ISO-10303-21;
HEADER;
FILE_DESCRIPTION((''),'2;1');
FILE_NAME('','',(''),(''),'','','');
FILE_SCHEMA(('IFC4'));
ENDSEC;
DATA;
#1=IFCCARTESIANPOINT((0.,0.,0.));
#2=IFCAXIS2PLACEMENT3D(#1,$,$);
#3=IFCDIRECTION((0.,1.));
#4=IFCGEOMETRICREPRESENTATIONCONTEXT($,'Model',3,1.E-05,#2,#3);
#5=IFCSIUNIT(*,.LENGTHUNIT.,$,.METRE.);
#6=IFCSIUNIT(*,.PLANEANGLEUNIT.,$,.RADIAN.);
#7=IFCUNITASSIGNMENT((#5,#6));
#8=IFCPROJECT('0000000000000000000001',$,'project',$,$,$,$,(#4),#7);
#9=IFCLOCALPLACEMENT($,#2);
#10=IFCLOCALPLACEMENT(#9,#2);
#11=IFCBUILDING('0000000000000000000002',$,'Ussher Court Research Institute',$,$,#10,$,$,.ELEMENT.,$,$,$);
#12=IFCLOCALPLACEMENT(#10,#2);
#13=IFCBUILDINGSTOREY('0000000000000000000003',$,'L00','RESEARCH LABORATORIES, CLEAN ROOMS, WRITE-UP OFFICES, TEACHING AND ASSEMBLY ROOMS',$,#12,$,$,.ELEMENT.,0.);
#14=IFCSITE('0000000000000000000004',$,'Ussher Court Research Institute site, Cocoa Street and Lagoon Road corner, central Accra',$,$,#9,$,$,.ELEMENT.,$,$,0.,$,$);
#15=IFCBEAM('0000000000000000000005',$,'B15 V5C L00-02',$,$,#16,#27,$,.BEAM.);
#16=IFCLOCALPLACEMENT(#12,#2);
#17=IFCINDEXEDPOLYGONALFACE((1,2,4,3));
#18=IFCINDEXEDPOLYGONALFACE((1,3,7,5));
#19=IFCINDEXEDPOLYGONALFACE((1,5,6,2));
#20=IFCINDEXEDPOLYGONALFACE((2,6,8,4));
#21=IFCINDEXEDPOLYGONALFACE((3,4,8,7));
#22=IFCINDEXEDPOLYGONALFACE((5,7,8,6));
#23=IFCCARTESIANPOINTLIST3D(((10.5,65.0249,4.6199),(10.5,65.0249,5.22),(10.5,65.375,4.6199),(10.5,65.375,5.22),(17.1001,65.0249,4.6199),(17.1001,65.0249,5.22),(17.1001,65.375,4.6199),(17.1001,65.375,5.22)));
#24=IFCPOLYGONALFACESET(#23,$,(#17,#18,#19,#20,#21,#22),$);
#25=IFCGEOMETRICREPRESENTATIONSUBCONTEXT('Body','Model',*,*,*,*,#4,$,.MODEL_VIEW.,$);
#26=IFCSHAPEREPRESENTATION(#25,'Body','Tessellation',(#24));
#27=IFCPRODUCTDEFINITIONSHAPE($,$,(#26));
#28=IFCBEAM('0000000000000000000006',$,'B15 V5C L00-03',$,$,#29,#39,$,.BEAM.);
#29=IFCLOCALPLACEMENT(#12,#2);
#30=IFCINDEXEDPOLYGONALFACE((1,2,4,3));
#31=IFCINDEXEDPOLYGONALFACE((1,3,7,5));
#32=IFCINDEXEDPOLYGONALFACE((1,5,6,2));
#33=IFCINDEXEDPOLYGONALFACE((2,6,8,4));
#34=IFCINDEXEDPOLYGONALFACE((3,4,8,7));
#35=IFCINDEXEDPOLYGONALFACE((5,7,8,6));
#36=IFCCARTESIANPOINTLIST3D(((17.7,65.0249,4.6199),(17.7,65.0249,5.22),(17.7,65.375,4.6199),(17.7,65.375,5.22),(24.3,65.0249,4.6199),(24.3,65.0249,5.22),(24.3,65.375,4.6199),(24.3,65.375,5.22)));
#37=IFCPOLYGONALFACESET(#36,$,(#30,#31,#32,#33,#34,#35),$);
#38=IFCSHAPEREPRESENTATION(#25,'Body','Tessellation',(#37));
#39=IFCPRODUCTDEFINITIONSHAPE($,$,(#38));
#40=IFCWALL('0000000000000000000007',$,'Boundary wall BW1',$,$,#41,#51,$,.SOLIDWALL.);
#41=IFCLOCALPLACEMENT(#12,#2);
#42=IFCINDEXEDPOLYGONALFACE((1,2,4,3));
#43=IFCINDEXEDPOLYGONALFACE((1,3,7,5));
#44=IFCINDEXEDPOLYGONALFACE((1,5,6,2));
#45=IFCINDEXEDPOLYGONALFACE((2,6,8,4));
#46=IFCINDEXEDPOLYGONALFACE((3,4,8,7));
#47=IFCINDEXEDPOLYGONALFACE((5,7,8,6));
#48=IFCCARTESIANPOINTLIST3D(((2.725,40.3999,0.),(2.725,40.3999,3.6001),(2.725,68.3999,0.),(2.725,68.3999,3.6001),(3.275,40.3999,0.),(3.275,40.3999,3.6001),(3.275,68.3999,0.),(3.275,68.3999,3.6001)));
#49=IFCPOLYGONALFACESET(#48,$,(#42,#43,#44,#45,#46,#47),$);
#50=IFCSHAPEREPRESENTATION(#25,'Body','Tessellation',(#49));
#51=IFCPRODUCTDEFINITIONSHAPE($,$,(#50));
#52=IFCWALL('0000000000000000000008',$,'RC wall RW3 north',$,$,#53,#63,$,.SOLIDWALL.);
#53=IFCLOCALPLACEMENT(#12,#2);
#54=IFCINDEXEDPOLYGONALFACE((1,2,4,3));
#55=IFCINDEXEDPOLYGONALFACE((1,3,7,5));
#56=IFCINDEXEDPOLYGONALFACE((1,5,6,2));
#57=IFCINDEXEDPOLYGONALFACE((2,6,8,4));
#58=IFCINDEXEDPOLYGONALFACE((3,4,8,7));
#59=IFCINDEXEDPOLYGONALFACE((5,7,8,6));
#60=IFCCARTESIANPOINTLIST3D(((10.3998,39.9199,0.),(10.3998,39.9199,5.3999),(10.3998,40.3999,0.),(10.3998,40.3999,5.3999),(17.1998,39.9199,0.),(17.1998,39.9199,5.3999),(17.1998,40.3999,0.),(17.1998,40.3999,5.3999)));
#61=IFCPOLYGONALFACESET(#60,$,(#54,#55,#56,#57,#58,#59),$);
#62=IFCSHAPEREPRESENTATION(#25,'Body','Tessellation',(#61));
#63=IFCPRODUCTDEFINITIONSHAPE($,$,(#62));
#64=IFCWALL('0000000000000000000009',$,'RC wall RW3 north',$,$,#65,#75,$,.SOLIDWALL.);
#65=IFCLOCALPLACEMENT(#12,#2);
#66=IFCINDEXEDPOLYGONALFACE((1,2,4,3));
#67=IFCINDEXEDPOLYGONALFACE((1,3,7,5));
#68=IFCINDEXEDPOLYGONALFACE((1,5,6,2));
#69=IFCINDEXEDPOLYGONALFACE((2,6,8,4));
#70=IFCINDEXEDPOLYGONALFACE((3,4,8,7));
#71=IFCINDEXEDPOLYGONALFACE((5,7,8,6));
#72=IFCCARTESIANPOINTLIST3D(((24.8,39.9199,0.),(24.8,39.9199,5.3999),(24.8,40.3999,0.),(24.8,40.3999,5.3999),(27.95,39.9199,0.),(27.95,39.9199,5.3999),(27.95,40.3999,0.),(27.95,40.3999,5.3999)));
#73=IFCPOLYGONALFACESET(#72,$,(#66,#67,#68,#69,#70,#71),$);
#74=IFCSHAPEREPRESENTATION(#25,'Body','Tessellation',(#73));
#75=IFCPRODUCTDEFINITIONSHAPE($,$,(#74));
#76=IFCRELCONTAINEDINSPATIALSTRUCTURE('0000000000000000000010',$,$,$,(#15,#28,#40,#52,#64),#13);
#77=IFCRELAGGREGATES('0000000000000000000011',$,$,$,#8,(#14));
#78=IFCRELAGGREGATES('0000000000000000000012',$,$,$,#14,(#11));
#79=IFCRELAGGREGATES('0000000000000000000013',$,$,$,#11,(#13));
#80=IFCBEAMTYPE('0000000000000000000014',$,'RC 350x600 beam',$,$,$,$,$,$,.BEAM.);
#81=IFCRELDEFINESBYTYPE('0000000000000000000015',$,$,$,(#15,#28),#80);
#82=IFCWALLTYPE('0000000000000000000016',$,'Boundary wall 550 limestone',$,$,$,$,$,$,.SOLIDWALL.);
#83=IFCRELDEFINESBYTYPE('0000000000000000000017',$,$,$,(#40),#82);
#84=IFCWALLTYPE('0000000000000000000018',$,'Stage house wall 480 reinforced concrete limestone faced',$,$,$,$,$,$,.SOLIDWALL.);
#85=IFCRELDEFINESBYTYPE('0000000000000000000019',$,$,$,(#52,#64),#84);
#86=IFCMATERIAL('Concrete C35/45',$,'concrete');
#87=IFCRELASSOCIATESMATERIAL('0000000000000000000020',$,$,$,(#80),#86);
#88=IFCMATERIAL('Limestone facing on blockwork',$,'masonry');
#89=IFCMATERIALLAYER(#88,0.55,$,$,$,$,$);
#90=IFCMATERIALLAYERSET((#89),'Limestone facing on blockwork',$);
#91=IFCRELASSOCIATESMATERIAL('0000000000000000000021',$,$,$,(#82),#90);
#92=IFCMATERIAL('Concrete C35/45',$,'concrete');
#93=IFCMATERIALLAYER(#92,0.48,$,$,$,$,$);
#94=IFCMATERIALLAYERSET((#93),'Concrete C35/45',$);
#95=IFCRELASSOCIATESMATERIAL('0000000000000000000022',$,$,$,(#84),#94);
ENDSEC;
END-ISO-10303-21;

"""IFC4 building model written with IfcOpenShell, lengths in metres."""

from ifc_helpers import new_model, si_unit, direction, frame, frame_2d, origin, origin_2d, place, context, subcontext, project, spatial, rectangle, extrude, material, layer, layer_set, material_profile, profile_set, type_object, element, save


model = new_model("IFC4")

# Units and contexts
model_context = context("Model", 3, precision=1e-05, world=origin(), true_north=direction((0.0, 1.0)))
body_context = subcontext(model_context, "Body", "Model", "MODEL_VIEW")
ifc_project = project(units=[si_unit("LENGTHUNIT", "METRE"), si_unit("PLANEANGLEUNIT", "RADIAN")], contexts=[model_context])

# Site, building, storey
site_placement = place(None, origin())
site = spatial("IfcSite", under=ifc_project, at=site_placement, Name="Ussher Court Research Institute site, Cocoa Street and Lagoon Road corner, central Accra", CompositionType="ELEMENT", RefElevation=0.0)
building_placement = place(site_placement, origin())
building = spatial("IfcBuilding", under=site, at=building_placement, Name="Ussher Court Research Institute", CompositionType="ELEMENT")
storey_placement = place(building_placement, origin())
storey = spatial("IfcBuildingStorey", under=building, at=storey_placement, Name="L00", Description="RESEARCH LABORATORIES, CLEAN ROOMS, WRITE-UP OFFICES, TEACHING AND ASSEMBLY ROOMS", CompositionType="ELEMENT", Elevation=0.0)

# Beams
ifc_material_1 = material(Name="Concrete C35/45", Category="concrete")
ifc_material_profile_1 = material_profile(ifc_material_1, rectangle(XDim=0.3501, YDim=0.6001, at=origin_2d()), Name="RC 350x600")
ifc_profile_set_1 = profile_set([ifc_material_profile_1], Name="Concrete C35/45")
beam_type = type_object("IfcBeamType", Name="RC 350x600 beam", PredefinedType="BEAM", material=ifc_profile_set_1)
for number, where, z_axis, x_axis, name in (
    (1, (10.5, 65.2, 4.9199), (1.0, 0.0, 0.0), (0.0, 1.0, 0.0), "B15 V5C L00-02"),
    (2, (17.7, 65.2, 4.9199), (1.0, 0.0, 0.0), (0.0, 1.0, 0.0), "B15 V5C L00-03"),
):
    element("IfcBeam", number, at=place(storey_placement, frame(where, z_axis=z_axis, x_axis=x_axis)), inside=storey, type_object=beam_type, Name=name, PredefinedType="BEAM", context=body_context, shape_type="SweptSolid", body=[
        extrude(rectangle(XDim=0.3501, YDim=0.6001, at=origin_2d()), origin(), (0.0, 0.0, 1.0), 6.6001),
    ])

# Wall
ifc_material_2 = material(Name="Limestone facing on blockwork", Category="masonry")
ifc_layer_1 = layer(ifc_material_2, 0.55)
ifc_layer_set_1 = layer_set([ifc_layer_1], Name="Limestone facing on blockwork")
wall_type_1 = type_object("IfcWallType", Name="Boundary wall 550 limestone", PredefinedType="SOLIDWALL", material=ifc_layer_set_1)
wall_1_placement = place(storey_placement, frame((3.0, 40.3999, 0.0), z_axis=(0.0, 0.0, 1.0), x_axis=(0.0, 1.0, 0.0)))
element("IfcWall", 3, at=wall_1_placement, inside=storey, type_object=wall_type_1, Name="Boundary wall BW1", PredefinedType="SOLIDWALL", context=body_context, shape_type="SweptSolid", body=[
    extrude(rectangle(XDim=28.0, YDim=0.55, at=frame_2d((14.0, 0.0))), origin(), (0.0, 0.0, 1.0), 3.6001),
])

# Shared definitions
ifc_material_3 = material(Name="Concrete C35/45", Category="concrete")
ifc_layer_2 = layer(ifc_material_3, 0.48)
ifc_layer_set_2 = layer_set([ifc_layer_2], Name="Concrete C35/45")
wall_type_2 = type_object("IfcWallType", Name="Stage house wall 480 reinforced concrete limestone faced", PredefinedType="SOLIDWALL", material=ifc_layer_set_2)

# Wall
wall_2_placement = place(storey_placement, frame((10.3999, 40.1599, 0.0), z_axis=(0.0, 0.0, 1.0), x_axis=(1.0, 0.0, 0.0)))
element("IfcWall", 4, at=wall_2_placement, inside=storey, type_object=wall_type_2, Name="RC wall RW3 north", PredefinedType="SOLIDWALL", context=body_context, shape_type="SweptSolid", body=[
    extrude(rectangle(XDim=6.8, YDim=0.48, at=frame_2d((3.3999, 0.0))), origin(), (0.0, 0.0, 1.0), 5.3999),
])

# Wall
wall_3_placement = place(storey_placement, frame((24.8, 40.1599, 0.0), z_axis=(0.0, 0.0, 1.0), x_axis=(1.0, 0.0, 0.0)))
element("IfcWall", 5, at=wall_3_placement, inside=storey, type_object=wall_type_2, Name="RC wall RW3 north", PredefinedType="SOLIDWALL", context=body_context, shape_type="SweptSolid", body=[
    extrude(rectangle(XDim=3.1499, YDim=0.48, at=frame_2d((1.575, 0.0))), origin(), (0.0, 0.0, 1.0), 5.3999),
])

save(model, "model.ifc")
